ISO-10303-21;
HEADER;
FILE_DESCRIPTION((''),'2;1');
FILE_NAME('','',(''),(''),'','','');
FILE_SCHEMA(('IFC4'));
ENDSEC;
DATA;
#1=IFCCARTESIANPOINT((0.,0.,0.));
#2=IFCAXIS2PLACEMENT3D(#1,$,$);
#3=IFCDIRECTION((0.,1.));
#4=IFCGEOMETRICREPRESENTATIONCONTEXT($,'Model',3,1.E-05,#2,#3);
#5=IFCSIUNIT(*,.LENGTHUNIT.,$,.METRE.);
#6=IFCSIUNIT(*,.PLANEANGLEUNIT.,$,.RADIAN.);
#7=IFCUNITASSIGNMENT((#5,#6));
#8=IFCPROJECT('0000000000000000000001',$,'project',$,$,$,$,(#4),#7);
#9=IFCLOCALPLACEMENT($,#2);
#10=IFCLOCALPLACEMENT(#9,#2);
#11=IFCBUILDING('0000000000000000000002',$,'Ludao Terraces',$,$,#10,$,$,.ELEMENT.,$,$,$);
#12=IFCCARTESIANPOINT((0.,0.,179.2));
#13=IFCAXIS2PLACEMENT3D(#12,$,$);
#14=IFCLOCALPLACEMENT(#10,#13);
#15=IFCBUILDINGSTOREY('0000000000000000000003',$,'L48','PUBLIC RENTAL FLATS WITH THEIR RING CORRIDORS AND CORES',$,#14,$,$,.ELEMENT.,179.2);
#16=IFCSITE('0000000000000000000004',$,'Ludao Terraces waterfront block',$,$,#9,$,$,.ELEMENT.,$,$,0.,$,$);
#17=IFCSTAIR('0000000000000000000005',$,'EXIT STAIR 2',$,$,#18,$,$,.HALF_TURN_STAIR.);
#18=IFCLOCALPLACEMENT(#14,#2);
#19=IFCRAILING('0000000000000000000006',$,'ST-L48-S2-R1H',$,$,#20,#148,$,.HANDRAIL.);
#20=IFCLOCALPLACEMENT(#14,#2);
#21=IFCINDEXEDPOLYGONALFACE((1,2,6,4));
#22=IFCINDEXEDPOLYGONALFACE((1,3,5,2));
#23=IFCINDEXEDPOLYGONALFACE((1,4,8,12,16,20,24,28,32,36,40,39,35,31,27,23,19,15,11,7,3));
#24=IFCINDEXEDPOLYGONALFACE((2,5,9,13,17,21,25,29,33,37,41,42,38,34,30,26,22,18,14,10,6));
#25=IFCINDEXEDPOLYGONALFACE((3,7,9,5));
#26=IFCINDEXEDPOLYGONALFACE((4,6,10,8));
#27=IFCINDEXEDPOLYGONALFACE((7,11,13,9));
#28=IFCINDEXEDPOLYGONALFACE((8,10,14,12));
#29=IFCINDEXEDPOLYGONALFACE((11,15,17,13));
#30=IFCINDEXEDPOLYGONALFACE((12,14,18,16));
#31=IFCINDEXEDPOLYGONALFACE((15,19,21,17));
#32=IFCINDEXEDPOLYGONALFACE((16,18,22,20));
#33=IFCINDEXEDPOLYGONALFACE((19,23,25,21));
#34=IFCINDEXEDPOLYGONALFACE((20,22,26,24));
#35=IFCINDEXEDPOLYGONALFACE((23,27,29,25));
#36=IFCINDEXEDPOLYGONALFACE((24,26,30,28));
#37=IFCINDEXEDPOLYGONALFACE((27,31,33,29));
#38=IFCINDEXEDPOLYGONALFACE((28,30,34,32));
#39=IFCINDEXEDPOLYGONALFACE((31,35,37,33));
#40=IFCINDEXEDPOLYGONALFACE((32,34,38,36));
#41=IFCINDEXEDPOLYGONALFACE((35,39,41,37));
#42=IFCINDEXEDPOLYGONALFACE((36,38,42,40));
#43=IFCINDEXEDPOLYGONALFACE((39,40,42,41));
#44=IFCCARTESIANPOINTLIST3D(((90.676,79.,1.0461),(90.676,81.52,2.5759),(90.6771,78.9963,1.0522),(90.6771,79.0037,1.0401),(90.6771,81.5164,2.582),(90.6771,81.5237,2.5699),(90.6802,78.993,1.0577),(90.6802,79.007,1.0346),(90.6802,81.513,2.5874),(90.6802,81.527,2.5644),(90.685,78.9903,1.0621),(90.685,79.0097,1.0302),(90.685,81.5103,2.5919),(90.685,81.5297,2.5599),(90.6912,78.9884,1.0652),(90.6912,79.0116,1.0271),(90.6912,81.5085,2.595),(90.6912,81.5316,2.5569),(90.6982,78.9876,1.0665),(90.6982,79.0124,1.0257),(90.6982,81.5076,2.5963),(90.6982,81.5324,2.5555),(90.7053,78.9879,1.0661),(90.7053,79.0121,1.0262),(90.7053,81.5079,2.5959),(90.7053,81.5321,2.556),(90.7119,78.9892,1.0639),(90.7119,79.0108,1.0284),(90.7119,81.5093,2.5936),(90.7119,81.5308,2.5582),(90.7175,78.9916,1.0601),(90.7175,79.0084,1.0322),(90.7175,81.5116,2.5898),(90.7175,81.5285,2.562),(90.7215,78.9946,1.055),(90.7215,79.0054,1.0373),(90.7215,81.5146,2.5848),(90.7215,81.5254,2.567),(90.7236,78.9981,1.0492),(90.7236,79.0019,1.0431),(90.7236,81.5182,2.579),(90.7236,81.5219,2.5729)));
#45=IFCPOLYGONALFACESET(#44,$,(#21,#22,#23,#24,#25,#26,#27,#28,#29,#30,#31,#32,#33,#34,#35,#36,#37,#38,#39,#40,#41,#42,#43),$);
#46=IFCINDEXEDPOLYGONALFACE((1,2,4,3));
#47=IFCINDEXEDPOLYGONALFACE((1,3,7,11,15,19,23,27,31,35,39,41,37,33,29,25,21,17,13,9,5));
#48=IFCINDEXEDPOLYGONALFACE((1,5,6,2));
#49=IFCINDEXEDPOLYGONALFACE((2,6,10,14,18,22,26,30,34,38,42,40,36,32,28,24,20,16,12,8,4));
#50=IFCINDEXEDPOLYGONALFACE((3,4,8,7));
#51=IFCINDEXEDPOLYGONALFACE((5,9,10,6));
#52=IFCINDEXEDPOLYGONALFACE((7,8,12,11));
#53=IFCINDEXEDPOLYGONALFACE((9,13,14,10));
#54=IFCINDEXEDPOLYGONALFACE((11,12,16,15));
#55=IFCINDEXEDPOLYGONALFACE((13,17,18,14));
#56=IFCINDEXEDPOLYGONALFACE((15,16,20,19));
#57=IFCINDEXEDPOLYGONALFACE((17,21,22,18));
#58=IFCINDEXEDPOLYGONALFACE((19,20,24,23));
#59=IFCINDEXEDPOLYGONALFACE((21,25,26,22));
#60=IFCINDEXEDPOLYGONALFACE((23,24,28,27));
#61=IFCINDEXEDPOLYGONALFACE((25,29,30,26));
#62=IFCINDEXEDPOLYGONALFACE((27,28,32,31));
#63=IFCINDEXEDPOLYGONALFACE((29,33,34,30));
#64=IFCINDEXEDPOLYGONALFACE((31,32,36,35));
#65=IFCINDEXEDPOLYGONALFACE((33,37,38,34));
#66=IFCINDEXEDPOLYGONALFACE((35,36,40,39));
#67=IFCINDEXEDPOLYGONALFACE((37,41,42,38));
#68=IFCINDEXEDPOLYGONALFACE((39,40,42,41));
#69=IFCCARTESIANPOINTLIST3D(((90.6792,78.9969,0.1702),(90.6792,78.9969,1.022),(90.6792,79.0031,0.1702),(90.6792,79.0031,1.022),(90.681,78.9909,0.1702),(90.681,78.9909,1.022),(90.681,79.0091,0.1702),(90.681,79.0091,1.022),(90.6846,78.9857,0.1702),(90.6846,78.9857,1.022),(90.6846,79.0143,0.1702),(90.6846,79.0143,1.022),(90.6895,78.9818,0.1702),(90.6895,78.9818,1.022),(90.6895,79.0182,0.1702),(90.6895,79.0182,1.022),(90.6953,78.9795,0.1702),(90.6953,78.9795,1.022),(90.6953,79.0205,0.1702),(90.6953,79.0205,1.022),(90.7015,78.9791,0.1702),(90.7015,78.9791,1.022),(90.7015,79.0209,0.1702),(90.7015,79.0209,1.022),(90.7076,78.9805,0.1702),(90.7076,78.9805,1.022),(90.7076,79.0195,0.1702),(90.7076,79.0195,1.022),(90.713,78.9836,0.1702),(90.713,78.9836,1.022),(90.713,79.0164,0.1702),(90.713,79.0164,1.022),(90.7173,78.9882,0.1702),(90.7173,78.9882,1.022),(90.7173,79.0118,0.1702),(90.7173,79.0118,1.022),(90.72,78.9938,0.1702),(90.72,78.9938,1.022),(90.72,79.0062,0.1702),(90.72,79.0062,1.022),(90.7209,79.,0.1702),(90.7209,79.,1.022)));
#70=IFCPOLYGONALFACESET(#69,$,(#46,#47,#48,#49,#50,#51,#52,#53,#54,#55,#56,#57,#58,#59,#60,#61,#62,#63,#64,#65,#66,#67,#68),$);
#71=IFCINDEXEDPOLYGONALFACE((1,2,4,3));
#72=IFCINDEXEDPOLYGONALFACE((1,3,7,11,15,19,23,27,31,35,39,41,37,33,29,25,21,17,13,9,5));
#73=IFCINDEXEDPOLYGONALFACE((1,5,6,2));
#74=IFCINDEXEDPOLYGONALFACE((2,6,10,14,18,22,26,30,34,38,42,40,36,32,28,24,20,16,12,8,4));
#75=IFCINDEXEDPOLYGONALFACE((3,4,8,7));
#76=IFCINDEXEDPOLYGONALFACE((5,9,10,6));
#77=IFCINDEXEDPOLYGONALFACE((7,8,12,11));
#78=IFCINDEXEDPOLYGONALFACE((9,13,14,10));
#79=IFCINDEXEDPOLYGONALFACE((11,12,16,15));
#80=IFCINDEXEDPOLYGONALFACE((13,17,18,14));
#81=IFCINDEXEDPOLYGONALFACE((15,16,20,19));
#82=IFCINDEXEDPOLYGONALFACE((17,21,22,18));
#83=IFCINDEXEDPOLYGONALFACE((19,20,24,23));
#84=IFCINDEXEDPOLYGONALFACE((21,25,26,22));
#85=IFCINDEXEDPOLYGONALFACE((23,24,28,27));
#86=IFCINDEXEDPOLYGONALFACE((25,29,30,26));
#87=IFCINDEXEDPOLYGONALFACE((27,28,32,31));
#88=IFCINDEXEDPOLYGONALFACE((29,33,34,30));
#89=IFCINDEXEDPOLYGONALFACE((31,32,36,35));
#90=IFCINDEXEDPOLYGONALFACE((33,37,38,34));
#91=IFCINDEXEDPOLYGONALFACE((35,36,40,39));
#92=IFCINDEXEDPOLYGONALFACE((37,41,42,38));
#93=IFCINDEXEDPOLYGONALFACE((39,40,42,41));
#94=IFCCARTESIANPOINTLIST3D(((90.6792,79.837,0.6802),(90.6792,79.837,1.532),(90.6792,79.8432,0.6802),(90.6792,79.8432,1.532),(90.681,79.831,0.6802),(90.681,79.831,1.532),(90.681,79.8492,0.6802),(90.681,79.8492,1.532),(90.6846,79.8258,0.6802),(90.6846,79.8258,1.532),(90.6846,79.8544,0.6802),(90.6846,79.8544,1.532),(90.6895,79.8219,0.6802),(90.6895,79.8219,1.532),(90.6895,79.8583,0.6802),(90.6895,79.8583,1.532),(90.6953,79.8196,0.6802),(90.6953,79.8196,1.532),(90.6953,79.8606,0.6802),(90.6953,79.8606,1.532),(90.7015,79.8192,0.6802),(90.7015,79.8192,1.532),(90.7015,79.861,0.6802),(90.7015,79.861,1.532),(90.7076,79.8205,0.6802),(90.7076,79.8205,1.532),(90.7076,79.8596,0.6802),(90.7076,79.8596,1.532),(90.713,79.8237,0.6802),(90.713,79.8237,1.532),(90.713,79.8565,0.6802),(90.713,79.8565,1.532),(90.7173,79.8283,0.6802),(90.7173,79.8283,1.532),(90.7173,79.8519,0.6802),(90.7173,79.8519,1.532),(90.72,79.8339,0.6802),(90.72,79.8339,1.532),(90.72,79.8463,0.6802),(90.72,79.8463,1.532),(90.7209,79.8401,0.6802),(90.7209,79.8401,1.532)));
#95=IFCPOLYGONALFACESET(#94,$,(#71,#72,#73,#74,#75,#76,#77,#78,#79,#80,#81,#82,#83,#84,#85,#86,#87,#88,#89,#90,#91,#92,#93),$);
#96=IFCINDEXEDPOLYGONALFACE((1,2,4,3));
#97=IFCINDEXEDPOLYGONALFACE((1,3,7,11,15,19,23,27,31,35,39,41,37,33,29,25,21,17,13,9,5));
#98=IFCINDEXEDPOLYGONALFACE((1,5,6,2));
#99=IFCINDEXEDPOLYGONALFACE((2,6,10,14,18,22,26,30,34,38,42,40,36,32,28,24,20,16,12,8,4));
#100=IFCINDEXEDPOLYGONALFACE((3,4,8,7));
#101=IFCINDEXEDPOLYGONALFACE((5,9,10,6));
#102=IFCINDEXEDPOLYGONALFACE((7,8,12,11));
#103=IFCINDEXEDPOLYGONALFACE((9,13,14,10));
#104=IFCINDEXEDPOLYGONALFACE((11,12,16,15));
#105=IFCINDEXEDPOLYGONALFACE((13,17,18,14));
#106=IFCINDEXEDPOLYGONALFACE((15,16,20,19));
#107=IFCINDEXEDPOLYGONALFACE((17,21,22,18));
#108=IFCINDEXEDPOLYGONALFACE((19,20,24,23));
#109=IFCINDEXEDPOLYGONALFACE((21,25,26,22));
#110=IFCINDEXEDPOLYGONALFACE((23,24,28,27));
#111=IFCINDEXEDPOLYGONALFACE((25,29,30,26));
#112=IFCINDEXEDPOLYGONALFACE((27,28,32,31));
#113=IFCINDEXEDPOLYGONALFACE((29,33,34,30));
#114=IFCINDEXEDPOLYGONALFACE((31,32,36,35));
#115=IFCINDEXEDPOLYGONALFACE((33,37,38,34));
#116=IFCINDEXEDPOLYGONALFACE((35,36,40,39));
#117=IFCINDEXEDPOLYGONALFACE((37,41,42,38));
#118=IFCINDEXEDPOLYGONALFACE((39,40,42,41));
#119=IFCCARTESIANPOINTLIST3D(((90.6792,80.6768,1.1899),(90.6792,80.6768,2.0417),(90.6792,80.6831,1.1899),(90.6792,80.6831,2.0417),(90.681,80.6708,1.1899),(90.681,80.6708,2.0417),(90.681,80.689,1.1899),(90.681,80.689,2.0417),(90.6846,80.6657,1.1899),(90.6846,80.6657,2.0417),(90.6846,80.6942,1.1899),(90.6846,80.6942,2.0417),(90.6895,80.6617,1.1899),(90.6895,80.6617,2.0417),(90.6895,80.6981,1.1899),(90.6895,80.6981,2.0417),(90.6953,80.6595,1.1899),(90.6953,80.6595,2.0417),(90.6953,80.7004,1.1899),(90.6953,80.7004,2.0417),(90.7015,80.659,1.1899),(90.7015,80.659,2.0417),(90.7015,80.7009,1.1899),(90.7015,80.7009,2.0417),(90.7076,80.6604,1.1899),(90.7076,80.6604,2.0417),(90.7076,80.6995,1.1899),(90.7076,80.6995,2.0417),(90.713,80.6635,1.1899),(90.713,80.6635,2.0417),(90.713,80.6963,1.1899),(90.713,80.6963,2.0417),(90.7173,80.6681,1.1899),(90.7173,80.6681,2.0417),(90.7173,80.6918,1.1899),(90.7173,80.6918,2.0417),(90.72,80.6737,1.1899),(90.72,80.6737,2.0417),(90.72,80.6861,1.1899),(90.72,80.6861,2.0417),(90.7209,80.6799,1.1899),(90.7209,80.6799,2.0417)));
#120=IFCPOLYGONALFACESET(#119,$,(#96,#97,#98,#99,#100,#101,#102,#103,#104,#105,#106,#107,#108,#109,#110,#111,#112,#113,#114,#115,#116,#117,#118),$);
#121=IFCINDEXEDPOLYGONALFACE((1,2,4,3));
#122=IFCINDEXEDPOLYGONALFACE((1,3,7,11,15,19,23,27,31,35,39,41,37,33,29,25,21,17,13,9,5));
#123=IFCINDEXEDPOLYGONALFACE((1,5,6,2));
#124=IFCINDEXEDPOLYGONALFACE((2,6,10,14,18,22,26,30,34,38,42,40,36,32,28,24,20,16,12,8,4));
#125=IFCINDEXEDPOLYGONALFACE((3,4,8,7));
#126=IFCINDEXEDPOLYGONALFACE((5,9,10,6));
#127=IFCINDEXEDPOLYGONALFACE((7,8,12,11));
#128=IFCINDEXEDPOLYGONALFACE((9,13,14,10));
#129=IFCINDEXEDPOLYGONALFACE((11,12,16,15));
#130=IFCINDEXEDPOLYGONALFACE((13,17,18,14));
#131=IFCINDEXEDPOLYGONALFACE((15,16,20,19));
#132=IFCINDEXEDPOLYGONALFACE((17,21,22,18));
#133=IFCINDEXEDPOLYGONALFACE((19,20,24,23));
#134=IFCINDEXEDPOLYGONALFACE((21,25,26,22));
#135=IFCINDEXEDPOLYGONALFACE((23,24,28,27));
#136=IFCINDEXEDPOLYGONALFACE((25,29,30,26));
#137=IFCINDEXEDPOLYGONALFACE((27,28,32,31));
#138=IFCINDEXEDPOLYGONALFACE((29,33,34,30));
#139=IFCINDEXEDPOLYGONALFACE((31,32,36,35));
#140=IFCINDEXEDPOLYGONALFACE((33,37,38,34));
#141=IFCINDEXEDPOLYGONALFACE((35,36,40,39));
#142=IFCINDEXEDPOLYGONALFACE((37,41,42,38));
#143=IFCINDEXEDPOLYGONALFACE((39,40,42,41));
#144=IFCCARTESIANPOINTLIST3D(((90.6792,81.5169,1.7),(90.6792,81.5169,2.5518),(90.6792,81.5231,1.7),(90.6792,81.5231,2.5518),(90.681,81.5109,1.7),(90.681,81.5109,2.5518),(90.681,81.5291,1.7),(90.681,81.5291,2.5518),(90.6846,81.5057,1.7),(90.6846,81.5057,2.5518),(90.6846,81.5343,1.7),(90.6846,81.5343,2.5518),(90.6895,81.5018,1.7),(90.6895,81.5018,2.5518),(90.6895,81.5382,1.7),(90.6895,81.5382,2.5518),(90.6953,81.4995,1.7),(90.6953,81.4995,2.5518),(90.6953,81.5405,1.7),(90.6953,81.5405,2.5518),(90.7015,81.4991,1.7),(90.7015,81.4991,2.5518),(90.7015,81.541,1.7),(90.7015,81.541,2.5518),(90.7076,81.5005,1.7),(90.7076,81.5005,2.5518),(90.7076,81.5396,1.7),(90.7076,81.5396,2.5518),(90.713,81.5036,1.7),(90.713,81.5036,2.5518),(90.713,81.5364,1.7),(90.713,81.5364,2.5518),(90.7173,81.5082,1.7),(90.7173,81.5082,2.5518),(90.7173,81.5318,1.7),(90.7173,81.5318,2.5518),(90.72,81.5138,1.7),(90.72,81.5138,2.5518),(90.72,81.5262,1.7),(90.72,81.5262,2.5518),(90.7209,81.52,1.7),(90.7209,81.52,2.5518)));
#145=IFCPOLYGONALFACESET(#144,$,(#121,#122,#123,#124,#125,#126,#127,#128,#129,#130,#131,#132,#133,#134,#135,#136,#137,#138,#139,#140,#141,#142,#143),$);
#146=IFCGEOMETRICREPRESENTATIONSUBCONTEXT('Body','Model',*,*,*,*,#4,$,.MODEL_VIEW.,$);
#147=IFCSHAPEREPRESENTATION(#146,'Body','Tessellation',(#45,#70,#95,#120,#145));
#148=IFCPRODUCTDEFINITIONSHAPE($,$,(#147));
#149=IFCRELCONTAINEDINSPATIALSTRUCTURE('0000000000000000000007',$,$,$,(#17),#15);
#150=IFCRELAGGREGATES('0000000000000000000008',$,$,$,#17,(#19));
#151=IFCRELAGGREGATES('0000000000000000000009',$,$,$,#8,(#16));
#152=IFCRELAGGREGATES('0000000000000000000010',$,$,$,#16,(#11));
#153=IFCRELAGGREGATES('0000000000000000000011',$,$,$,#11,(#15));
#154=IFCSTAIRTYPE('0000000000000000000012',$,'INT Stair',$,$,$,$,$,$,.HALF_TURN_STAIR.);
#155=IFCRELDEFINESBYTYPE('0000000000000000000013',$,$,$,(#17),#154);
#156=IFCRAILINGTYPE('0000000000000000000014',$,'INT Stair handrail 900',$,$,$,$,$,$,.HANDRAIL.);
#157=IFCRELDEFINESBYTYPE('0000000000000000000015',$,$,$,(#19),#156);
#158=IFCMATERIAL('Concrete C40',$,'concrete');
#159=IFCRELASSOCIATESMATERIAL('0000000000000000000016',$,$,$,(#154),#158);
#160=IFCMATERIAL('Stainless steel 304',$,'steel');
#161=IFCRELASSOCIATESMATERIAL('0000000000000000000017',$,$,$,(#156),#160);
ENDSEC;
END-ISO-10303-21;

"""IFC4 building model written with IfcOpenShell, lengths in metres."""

from ifc_helpers import new_model, si_unit, direction, frame, origin, origin_2d, place, context, subcontext, project, spatial, circle, extrude, material, type_object, element, aggregate, save


model = new_model("IFC4")

# Units and contexts
model_context = context("Model", 3, precision=1e-05, world=origin(), true_north=direction((0.0, 1.0)))
body_context = subcontext(model_context, "Body", "Model", "MODEL_VIEW")
ifc_project = project(units=[si_unit("LENGTHUNIT", "METRE"), si_unit("PLANEANGLEUNIT", "RADIAN")], contexts=[model_context])

# Site, building, storey
site_placement = place(None, origin())
site = spatial("IfcSite", under=ifc_project, at=site_placement, Name="Ludao Terraces waterfront block", CompositionType="ELEMENT", RefElevation=0.0)
building_placement = place(site_placement, origin())
building = spatial("IfcBuilding", under=site, at=building_placement, Name="Ludao Terraces", CompositionType="ELEMENT")
storey_placement = place(building_placement, frame((0.0, 0.0, 179.2)))
storey = spatial("IfcBuildingStorey", under=building, at=storey_placement, Name="L48", Description="PUBLIC RENTAL FLATS WITH THEIR RING CORRIDORS AND CORES", CompositionType="ELEMENT", Elevation=179.2)

# Shared definitions
ifc_material_1 = material(Name="Concrete C40", Category="concrete")

# Shared definitions
ifc_material_2 = material(Name="Stainless steel 304", Category="steel")

# Stair, railing
stair_type = type_object("IfcStairType", Name="INT Stair", PredefinedType="HALF_TURN_STAIR", material=ifc_material_1)
stair_placement = place(storey_placement, origin())
stair = element("IfcStair", 1, at=stair_placement, inside=storey, type_object=stair_type, Name="EXIT STAIR 2", PredefinedType="HALF_TURN_STAIR")
railing_type_1 = type_object("IfcRailingType", Name="INT Stair handrail 900", PredefinedType="HANDRAIL", material=ifc_material_2)
railing_1_placement = place(storey_placement, frame((90.7, 79.0, 0.1702)))
railing_1 = element("IfcRailing", 2, at=railing_1_placement, type_object=railing_type_1, Name="ST-L48-S2-R1H", PredefinedType="HANDRAIL", context=body_context, shape_type="SweptSolid", body=[
    extrude(circle(Radius=0.0239, at=origin_2d()), frame((0.0, 0.0, 0.876), z_axis=(0.0, 0.854822, 0.518922), x_axis=(-1.0, 0.0, 0.0)), (0.0, 0.0, 1.0), 2.948),
    extrude(circle(Radius=0.021, at=origin_2d()), origin(), (0.0, 0.0, 1.0), 0.8518),
    extrude(circle(Radius=0.021, at=origin_2d()), frame((0.0, 0.8401, 0.51)), (0.0, 0.0, 1.0), 0.8518),
    extrude(circle(Radius=0.021, at=origin_2d()), frame((0.0, 1.6799, 1.0198)), (0.0, 0.0, 1.0), 0.8518),
    extrude(circle(Radius=0.021, at=origin_2d()), frame((0.0, 2.52, 1.5298)), (0.0, 0.0, 1.0), 0.8518),
])
aggregate(stair, [railing_1])

save(model, "model.ifc")
